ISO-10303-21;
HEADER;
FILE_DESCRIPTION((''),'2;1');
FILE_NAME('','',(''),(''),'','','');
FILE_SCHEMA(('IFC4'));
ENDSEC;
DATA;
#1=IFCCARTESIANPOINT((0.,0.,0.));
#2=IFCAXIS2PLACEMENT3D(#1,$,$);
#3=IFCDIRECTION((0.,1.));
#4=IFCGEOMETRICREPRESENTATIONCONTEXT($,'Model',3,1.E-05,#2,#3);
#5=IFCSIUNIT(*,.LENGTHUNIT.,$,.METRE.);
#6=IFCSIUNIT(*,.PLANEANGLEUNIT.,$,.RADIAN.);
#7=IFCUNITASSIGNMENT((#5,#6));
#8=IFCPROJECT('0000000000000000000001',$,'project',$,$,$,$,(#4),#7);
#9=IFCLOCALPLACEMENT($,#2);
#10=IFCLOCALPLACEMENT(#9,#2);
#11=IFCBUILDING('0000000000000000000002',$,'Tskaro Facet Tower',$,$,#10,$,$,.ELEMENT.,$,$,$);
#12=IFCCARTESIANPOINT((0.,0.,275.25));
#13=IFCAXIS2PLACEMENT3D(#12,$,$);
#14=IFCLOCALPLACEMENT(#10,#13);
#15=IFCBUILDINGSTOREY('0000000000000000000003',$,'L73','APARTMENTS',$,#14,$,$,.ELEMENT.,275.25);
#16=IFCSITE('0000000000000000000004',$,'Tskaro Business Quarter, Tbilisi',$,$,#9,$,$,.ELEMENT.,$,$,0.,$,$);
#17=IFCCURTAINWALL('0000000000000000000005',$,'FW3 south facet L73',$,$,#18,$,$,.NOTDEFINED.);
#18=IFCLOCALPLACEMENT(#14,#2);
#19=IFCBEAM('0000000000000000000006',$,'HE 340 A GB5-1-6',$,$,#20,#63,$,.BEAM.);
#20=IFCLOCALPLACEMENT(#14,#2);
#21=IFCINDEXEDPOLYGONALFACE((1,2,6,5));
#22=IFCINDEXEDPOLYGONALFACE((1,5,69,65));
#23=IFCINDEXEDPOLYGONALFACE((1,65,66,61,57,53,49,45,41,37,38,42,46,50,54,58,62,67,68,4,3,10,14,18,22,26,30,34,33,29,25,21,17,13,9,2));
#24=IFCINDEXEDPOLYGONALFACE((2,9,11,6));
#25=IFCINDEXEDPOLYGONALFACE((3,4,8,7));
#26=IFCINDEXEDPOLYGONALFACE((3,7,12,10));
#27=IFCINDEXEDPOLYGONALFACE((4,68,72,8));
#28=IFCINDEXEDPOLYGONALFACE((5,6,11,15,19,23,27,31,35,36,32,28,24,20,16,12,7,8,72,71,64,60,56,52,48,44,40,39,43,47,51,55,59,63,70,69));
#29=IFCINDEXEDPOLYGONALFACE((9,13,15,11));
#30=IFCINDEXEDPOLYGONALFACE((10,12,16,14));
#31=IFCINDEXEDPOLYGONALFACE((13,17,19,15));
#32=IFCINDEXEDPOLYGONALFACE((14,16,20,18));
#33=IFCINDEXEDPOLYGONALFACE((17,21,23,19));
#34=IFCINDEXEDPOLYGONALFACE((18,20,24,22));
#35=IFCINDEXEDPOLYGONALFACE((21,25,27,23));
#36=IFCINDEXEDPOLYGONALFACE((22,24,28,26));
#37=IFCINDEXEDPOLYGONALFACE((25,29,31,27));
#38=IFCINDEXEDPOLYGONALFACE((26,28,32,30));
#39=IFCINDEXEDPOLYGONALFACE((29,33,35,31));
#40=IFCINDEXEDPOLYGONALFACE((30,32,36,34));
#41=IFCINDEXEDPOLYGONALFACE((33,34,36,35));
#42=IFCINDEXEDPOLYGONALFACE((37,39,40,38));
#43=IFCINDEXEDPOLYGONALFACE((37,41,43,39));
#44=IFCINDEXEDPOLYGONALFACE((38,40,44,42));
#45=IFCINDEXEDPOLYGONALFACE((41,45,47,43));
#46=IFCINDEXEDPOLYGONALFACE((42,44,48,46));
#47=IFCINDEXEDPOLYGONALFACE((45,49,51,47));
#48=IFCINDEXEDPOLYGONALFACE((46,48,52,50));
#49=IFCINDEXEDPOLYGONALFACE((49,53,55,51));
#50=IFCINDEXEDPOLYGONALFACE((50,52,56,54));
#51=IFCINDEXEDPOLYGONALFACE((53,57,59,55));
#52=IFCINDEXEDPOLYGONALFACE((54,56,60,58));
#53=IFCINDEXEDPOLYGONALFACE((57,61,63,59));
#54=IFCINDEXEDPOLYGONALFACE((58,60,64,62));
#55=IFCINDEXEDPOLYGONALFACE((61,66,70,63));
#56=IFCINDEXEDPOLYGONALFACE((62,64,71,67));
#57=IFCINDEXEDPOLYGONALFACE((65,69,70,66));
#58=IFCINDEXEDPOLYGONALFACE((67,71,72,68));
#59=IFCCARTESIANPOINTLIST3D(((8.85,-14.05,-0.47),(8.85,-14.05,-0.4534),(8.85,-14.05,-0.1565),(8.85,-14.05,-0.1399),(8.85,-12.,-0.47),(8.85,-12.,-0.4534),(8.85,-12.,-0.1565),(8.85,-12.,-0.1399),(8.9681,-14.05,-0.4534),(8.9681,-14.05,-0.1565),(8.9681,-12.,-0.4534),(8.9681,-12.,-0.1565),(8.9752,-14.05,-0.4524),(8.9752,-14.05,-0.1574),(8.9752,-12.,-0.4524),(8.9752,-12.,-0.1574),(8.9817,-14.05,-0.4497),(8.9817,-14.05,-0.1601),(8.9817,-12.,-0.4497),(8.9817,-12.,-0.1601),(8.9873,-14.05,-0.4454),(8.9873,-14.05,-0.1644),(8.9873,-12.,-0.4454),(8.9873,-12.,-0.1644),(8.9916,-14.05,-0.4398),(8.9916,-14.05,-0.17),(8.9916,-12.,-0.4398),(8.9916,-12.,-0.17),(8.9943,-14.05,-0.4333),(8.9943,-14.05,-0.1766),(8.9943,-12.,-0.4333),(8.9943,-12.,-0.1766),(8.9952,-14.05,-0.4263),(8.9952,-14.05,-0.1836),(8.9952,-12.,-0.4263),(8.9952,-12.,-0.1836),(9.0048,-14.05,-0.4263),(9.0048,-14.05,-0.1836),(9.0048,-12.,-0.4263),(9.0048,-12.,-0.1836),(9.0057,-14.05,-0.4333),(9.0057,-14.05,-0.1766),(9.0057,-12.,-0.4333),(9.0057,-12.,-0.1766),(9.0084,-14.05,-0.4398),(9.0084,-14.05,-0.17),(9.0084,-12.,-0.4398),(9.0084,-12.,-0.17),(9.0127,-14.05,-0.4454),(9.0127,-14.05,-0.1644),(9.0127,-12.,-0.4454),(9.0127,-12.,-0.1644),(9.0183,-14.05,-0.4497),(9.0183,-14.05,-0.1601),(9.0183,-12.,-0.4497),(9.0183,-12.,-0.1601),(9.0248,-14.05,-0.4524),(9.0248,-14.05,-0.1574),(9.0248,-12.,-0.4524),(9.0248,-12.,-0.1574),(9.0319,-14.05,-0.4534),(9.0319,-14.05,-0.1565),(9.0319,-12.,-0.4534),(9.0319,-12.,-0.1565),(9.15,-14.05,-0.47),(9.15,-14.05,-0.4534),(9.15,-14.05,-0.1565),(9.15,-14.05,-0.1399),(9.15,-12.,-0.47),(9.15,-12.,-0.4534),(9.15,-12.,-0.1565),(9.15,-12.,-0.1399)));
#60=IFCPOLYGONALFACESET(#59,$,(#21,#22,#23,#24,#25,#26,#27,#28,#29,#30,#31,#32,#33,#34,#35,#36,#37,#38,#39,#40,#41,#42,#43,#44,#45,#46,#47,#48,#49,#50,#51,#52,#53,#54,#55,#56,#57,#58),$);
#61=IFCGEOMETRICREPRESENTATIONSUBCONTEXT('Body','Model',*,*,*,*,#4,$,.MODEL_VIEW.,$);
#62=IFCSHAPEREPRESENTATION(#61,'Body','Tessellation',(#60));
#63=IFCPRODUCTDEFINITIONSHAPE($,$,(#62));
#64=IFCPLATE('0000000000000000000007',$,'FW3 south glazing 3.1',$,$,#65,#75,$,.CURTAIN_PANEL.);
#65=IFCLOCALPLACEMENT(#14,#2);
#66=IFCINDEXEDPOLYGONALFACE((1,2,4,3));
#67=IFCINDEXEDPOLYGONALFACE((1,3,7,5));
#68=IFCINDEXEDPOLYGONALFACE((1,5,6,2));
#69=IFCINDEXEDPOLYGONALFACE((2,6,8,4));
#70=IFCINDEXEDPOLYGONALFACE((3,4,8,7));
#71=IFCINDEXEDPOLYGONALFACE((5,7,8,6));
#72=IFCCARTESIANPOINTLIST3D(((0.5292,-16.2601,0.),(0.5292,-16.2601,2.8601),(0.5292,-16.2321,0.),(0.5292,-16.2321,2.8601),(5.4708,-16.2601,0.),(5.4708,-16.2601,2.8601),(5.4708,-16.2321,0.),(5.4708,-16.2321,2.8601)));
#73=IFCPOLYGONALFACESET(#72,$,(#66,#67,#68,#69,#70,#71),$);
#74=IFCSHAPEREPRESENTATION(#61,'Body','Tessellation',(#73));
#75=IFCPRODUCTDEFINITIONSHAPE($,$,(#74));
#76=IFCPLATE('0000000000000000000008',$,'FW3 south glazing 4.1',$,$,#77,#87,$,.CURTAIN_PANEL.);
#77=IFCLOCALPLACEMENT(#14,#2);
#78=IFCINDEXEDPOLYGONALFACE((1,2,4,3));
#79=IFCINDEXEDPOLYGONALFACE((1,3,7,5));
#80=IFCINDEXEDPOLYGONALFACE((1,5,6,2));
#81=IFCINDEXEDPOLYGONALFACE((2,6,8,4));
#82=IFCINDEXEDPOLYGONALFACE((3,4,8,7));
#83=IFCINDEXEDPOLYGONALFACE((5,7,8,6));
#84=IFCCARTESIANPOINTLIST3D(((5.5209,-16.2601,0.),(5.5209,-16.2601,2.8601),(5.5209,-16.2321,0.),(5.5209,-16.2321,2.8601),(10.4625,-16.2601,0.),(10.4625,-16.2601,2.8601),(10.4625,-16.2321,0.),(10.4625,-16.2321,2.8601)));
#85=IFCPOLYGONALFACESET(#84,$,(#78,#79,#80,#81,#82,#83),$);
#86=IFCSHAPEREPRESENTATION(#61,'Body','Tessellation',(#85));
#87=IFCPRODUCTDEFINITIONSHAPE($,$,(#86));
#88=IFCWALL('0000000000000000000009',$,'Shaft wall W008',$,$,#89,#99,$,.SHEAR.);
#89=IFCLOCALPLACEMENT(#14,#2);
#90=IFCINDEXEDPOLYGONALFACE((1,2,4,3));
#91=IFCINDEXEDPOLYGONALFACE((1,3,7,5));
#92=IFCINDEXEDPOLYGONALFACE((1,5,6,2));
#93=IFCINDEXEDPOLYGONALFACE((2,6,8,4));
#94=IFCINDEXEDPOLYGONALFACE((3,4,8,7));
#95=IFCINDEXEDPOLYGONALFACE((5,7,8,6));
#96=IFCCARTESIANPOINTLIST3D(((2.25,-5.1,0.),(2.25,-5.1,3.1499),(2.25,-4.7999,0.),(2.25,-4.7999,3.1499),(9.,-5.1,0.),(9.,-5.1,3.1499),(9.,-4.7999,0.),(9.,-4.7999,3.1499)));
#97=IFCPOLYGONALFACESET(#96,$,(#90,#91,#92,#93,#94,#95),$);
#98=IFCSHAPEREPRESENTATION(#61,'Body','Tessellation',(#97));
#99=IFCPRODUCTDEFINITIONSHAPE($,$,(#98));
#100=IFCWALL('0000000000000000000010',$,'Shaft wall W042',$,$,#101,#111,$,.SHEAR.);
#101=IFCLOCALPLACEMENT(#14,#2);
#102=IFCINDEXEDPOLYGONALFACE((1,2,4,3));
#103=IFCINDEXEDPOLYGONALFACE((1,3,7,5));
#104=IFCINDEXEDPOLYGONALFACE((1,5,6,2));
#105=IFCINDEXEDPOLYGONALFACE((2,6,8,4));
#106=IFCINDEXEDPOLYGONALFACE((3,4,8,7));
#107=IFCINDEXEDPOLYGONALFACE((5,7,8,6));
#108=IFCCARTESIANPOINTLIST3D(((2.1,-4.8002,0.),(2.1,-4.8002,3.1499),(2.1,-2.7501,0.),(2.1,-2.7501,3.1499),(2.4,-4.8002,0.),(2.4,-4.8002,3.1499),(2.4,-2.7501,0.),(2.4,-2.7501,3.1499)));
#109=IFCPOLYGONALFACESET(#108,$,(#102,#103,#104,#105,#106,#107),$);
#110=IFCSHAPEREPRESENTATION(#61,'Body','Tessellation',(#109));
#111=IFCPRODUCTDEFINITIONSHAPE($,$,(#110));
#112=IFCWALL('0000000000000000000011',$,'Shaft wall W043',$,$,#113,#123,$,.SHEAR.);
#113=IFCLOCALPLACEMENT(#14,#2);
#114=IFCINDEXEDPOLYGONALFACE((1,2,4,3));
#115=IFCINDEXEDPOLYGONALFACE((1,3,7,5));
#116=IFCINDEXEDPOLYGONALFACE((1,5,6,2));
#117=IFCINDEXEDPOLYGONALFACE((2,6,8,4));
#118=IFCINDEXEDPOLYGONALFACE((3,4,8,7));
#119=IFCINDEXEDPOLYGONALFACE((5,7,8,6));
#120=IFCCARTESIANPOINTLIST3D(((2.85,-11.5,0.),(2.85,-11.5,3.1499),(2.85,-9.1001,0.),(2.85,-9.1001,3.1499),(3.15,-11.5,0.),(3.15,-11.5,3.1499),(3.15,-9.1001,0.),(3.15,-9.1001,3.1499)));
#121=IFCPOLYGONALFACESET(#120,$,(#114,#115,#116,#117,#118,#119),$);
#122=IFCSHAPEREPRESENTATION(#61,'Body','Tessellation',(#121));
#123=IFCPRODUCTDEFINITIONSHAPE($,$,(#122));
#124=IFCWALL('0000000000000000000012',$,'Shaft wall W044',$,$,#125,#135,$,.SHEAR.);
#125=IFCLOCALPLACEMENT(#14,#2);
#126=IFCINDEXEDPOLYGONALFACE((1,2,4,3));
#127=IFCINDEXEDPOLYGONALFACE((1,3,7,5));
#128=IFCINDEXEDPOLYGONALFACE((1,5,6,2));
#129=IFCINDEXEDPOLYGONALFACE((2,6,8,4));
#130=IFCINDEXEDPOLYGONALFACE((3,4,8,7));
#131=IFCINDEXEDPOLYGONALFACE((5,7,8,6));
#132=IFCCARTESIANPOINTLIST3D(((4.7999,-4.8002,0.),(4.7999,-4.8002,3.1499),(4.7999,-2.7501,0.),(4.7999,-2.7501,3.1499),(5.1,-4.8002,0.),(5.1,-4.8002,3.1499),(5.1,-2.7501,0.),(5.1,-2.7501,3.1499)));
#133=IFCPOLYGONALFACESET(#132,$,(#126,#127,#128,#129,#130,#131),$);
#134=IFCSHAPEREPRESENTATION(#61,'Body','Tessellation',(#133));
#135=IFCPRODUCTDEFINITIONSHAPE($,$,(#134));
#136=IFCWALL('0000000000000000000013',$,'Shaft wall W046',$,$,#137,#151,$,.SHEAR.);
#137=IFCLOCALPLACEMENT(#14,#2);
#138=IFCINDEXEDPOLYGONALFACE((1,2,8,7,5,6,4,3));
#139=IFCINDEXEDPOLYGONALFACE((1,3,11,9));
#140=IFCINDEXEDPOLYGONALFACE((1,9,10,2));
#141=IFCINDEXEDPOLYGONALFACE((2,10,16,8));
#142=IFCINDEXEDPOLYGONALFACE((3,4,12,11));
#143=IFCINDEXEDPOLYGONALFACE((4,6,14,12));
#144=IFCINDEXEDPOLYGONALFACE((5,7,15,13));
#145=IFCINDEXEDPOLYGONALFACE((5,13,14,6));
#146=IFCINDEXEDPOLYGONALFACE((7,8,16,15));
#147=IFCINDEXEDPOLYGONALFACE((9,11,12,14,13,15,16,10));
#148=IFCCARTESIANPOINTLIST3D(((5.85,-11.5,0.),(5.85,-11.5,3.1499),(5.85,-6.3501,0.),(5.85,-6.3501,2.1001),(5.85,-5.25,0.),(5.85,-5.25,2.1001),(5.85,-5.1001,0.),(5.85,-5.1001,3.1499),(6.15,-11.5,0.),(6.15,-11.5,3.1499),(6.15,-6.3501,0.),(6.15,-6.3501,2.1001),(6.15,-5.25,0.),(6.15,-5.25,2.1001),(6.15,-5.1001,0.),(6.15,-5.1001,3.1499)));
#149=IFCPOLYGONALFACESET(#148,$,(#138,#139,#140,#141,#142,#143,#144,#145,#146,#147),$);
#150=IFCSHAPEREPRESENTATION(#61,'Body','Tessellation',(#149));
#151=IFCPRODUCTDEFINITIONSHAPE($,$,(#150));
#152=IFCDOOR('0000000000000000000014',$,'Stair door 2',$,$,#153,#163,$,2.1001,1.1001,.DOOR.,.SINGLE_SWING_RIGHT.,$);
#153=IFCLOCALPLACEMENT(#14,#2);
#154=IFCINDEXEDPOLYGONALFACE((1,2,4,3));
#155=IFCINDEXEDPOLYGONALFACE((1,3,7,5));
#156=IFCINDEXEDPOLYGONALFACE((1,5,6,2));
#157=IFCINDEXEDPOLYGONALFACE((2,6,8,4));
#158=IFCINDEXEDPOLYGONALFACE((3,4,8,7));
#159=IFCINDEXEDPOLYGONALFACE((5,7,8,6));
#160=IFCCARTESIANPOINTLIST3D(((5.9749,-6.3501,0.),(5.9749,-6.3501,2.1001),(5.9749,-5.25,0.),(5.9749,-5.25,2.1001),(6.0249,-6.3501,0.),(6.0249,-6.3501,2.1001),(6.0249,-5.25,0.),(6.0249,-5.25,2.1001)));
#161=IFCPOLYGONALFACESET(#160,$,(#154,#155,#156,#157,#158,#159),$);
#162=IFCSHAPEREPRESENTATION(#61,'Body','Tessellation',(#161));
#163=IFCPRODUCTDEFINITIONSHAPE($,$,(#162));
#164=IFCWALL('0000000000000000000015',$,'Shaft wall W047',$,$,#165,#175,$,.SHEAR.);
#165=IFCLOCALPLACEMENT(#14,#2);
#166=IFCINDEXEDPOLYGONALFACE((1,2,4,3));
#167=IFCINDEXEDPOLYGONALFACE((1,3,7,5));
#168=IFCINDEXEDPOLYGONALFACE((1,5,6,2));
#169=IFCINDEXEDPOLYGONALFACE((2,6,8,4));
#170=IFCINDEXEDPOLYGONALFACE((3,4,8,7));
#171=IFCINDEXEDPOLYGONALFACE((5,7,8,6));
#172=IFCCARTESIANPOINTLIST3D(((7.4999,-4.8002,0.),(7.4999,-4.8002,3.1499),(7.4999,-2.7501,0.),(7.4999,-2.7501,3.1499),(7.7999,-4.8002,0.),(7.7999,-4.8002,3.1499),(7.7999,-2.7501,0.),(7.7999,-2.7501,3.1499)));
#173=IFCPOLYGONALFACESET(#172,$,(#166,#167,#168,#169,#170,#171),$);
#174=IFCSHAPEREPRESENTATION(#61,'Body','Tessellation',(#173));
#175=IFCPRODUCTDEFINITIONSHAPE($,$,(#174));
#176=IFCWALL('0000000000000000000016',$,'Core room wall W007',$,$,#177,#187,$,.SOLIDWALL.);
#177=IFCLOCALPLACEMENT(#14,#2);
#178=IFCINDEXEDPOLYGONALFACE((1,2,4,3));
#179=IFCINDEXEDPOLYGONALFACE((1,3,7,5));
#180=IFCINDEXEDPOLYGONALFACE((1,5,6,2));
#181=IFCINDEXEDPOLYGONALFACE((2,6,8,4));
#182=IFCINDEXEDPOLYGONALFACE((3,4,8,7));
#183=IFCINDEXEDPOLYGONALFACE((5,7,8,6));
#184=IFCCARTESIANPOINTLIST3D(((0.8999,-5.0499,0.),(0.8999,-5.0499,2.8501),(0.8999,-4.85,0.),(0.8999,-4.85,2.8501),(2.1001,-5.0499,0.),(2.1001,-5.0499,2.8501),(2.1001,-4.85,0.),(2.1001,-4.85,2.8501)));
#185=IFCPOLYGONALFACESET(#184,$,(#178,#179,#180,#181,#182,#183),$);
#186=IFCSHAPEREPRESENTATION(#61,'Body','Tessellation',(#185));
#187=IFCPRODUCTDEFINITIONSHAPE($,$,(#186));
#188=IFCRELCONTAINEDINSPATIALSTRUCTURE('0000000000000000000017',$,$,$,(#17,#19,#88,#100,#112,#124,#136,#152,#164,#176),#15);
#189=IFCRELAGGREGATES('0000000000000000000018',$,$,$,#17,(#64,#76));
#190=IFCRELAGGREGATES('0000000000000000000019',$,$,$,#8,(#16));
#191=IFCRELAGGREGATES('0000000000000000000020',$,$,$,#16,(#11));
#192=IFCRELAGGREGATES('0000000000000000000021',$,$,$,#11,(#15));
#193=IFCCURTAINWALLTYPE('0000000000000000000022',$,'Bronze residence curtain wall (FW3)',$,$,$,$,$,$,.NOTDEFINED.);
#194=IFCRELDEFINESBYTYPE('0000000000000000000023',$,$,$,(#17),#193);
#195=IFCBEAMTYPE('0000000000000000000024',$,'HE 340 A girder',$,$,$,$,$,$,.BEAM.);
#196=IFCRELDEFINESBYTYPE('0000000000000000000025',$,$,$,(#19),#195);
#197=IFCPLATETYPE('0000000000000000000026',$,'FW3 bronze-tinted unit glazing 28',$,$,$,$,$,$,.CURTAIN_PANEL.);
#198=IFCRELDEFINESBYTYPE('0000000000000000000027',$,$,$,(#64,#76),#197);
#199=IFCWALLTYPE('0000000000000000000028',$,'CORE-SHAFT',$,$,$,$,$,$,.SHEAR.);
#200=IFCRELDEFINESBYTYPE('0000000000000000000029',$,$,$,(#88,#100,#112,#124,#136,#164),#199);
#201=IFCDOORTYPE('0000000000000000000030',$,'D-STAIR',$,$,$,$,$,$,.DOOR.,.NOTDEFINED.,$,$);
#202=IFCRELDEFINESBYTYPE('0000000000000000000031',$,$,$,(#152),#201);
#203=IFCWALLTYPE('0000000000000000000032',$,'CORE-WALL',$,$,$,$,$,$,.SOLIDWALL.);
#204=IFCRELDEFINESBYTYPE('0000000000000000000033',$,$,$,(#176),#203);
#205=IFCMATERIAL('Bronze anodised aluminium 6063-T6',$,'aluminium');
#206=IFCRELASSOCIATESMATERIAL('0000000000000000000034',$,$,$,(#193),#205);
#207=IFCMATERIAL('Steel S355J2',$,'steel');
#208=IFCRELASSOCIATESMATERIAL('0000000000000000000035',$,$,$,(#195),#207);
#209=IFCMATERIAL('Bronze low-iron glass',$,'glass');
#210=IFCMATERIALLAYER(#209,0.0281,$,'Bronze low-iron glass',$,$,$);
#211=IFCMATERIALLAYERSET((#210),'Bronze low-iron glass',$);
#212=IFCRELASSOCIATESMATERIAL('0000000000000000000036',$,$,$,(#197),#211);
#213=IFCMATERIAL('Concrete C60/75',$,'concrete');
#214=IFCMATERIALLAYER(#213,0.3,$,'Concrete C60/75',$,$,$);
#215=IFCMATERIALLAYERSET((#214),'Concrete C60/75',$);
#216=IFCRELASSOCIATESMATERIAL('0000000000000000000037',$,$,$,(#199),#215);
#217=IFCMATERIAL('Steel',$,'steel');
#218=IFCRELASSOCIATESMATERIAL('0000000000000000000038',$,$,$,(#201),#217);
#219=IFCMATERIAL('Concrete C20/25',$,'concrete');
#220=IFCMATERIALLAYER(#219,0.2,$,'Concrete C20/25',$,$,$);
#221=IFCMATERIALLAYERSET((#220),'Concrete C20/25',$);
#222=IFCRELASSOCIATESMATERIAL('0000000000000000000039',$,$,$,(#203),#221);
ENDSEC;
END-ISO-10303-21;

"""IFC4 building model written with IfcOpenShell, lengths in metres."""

from ifc_helpers import new_model, si_unit, direction, frame, frame_2d, origin, origin_2d, place, context, subcontext, project, spatial, rectangle, i_section, extrude, material, layer, layer_set, material_profile, profile_set, type_object, element, fill, aggregate, save


model = new_model("IFC4")

# Units and contexts
model_context = context("Model", 3, precision=1e-05, world=origin(), true_north=direction((0.0, 1.0)))
body_context = subcontext(model_context, "Body", "Model", "MODEL_VIEW")
ifc_project = project(units=[si_unit("LENGTHUNIT", "METRE"), si_unit("PLANEANGLEUNIT", "RADIAN")], contexts=[model_context])

# Site, building, storey
site_placement = place(None, origin())
site = spatial("IfcSite", under=ifc_project, at=site_placement, Name="Tskaro Business Quarter, Tbilisi", CompositionType="ELEMENT", RefElevation=0.0)
building_placement = place(site_placement, origin())
building = spatial("IfcBuilding", under=site, at=building_placement, Name="Tskaro Facet Tower", CompositionType="ELEMENT")
storey_placement = place(building_placement, frame((0.0, 0.0, 275.25)))
storey = spatial("IfcBuildingStorey", under=building, at=storey_placement, Name="L73", Description="APARTMENTS", CompositionType="ELEMENT", Elevation=275.25)

# Shared definitions
ifc_material_1 = material(Name="Steel S355J2", Category="steel")

# Curtain wall
ifc_material_2 = material(Name="Bronze anodised aluminium 6063-T6", Category="aluminium")
curtain_wall_type = type_object("IfcCurtainWallType", Name="Bronze residence curtain wall (FW3)", PredefinedType="NOTDEFINED", material=ifc_material_2)
curtain_wall_placement = place(storey_placement, origin())
curtain_wall = element("IfcCurtainWall", 1, at=curtain_wall_placement, inside=storey, type_object=curtain_wall_type, Name="FW3 south facet L73", PredefinedType="NOTDEFINED")

# Beam
ifc_material_profile_1 = material_profile(ifc_material_1, i_section(OverallWidth=0.3, OverallDepth=0.3301, WebThickness=0.0095, FlangeThickness=0.0166, FilletRadius=0.0271, at=origin_2d()), Name="HE 340 A")
ifc_profile_set_1 = profile_set([ifc_material_profile_1], Name="Steel S355J2")
beam_type_1 = type_object("IfcBeamType", Name="HE 340 A girder", PredefinedType="BEAM", material=ifc_profile_set_1)
beam_1_placement = place(storey_placement, frame((9.0, -14.05, -0.3049), z_axis=(0.0, 1.0, 0.0), x_axis=(-1.0, 0.0, 0.0)))
element("IfcBeam", 2, at=beam_1_placement, inside=storey, type_object=beam_type_1, Name="HE 340 A GB5-1-6", PredefinedType="BEAM", context=body_context, shape_type="SweptSolid", body=[
    extrude(i_section(OverallWidth=0.3, OverallDepth=0.3301, WebThickness=0.0095, FlangeThickness=0.0166, FilletRadius=0.0271, at=origin_2d()), origin(), (0.0, 0.0, 1.0), 2.05),
])

# Plates
ifc_material_3 = material(Name="Bronze low-iron glass", Category="glass")
ifc_layer_1 = layer(ifc_material_3, 0.0281, Name="Bronze low-iron glass")
ifc_layer_set_1 = layer_set([ifc_layer_1], Name="Bronze low-iron glass")
plate_type = type_object("IfcPlateType", Name="FW3 bronze-tinted unit glazing 28", PredefinedType="CURTAIN_PANEL", material=ifc_layer_set_1)
plate_1_placement = place(storey_placement, frame((3.0, -16.2461, 0.0), z_axis=(0.0, 0.0, 1.0), x_axis=(1.0, 0.0, 0.0)))
plate_1 = element("IfcPlate", 3, at=plate_1_placement, type_object=plate_type, Name="FW3 south glazing 3.1", PredefinedType="CURTAIN_PANEL", context=body_context, shape_type="SweptSolid", body=[
    extrude(rectangle(XDim=4.9417, YDim=0.0281, at=origin_2d()), origin(), (0.0, 0.0, 1.0), 2.8601),
])
plate_2_placement = place(storey_placement, frame((7.9917, -16.2461, 0.0), z_axis=(0.0, 0.0, 1.0), x_axis=(1.0, 0.0, 0.0)))
plate_2 = element("IfcPlate", 4, at=plate_2_placement, type_object=plate_type, Name="FW3 south glazing 4.1", PredefinedType="CURTAIN_PANEL", context=body_context, shape_type="SweptSolid", body=[
    extrude(rectangle(XDim=4.9417, YDim=0.0281, at=origin_2d()), origin(), (0.0, 0.0, 1.0), 2.8601),
])
aggregate(curtain_wall, [plate_1, plate_2])

# Walls
ifc_material_4 = material(Name="Concrete C60/75", Category="concrete")
ifc_layer_2 = layer(ifc_material_4, 0.3, Name="Concrete C60/75")
ifc_layer_set_2 = layer_set([ifc_layer_2], Name="Concrete C60/75")
wall_type_1 = type_object("IfcWallType", Name="CORE-SHAFT", PredefinedType="SHEAR", material=ifc_layer_set_2)
wall_1_placement = place(storey_placement, frame((2.25, -4.95, 0.0), z_axis=(0.0, 0.0, 1.0), x_axis=(1.0, 0.0, 0.0)))
element("IfcWall", 5, at=wall_1_placement, inside=storey, type_object=wall_type_1, Name="Shaft wall W008", PredefinedType="SHEAR", context=body_context, shape_type="SweptSolid", body=[
    extrude(rectangle(XDim=6.75, YDim=0.3, at=frame_2d((3.375, 0.0))), origin(), (0.0, 0.0, 1.0), 3.1499),
])
wall_2_placement = place(storey_placement, frame((2.25, -4.8, 0.0), z_axis=(0.0, 0.0, 1.0), x_axis=(0.0, 1.0, 0.0)))
element("IfcWall", 6, at=wall_2_placement, inside=storey, type_object=wall_type_1, Name="Shaft wall W042", PredefinedType="SHEAR", context=body_context, shape_type="SweptSolid", body=[
    extrude(rectangle(XDim=2.05, YDim=0.3, at=frame_2d((1.0249, 0.0))), origin(), (0.0, 0.0, 1.0), 3.1499),
])
wall_3_placement = place(storey_placement, frame((3.0, -11.5, 0.0), z_axis=(0.0, 0.0, 1.0), x_axis=(0.0, 1.0, 0.0)))
element("IfcWall", 7, at=wall_3_placement, inside=storey, type_object=wall_type_1, Name="Shaft wall W043", PredefinedType="SHEAR", context=body_context, shape_type="SweptSolid", body=[
    extrude(rectangle(XDim=2.3999, YDim=0.3, at=frame_2d((1.2, 0.0))), origin(), (0.0, 0.0, 1.0), 3.1499),
])
wall_4_placement = place(storey_placement, frame((4.95, -4.8, 0.0), z_axis=(0.0, 0.0, 1.0), x_axis=(0.0, 1.0, 0.0)))
element("IfcWall", 8, at=wall_4_placement, inside=storey, type_object=wall_type_1, Name="Shaft wall W044", PredefinedType="SHEAR", context=body_context, shape_type="SweptSolid", body=[
    extrude(rectangle(XDim=2.05, YDim=0.3, at=frame_2d((1.0249, 0.0))), origin(), (0.0, 0.0, 1.0), 3.1499),
])

# Wall, opening, door
wall_5_placement = place(storey_placement, frame((6.0, -5.1001, 0.0), z_axis=(0.0, 0.0, 1.0), x_axis=(0.0, -1.0, 0.0)))
wall_5 = element("IfcWall", 9, at=wall_5_placement, inside=storey, type_object=wall_type_1, Name="Shaft wall W046", PredefinedType="SHEAR", context=body_context, shape_type="SweptSolid", body=[
    extrude(rectangle(XDim=6.3999, YDim=0.3, at=frame_2d((3.2, 0.0))), origin(), (0.0, 0.0, 1.0), 3.1499),
])
opening_placement = place(wall_5_placement, frame((0.1499, 0.0, 0.0)))
opening = element("IfcOpeningElement", 10, at=opening_placement, cuts=wall_5, PredefinedType="OPENING", context=body_context, shape_type="SweptSolid", body=[
    extrude(rectangle(XDim=1.1001, YDim=2.1001, at=frame_2d((0.55, 1.05))), frame((0.0, 0.1599, 0.0), z_axis=(0.0, -1.0, 0.0), x_axis=(1.0, 0.0, 0.0)), (0.0, 0.0, 1.0), 0.3201),
])
ifc_material_5 = material(Name="Steel", Category="steel")
door_type = type_object("IfcDoorType", Name="D-STAIR", OperationType="NOTDEFINED", PredefinedType="DOOR", material=ifc_material_5)
door_placement = place(opening_placement, origin())
door = element("IfcDoor", 11, at=door_placement, inside=storey, type_object=door_type, Name="Stair door 2", OperationType="SINGLE_SWING_RIGHT", OverallHeight=2.1001, OverallWidth=1.1001, PredefinedType="DOOR", context=body_context, shape_type="SweptSolid", body=[
    extrude(rectangle(XDim=1.1001, YDim=2.1001, at=frame_2d((0.55, 1.05))), frame((0.0, 0.0249, 0.0), z_axis=(0.0, -1.0, 0.0), x_axis=(1.0, 0.0, 0.0)), (0.0, 0.0, 1.0), 0.05),
])
fill(opening, door)

# Walls
wall_6_placement = place(storey_placement, frame((7.6499, -4.8, 0.0), z_axis=(0.0, 0.0, 1.0), x_axis=(0.0, 1.0, 0.0)))
element("IfcWall", 12, at=wall_6_placement, inside=storey, type_object=wall_type_1, Name="Shaft wall W047", PredefinedType="SHEAR", context=body_context, shape_type="SweptSolid", body=[
    extrude(rectangle(XDim=2.05, YDim=0.3, at=frame_2d((1.0249, 0.0))), origin(), (0.0, 0.0, 1.0), 3.1499),
])
ifc_material_6 = material(Name="Concrete C20/25", Category="concrete")
ifc_layer_3 = layer(ifc_material_6, 0.2, Name="Concrete C20/25")
ifc_layer_set_3 = layer_set([ifc_layer_3], Name="Concrete C20/25")
wall_type_2 = type_object("IfcWallType", Name="CORE-WALL", PredefinedType="SOLIDWALL", material=ifc_layer_set_3)
wall_7_placement = place(storey_placement, frame((0.8999, -4.95, 0.0), z_axis=(0.0, 0.0, 1.0), x_axis=(1.0, 0.0, 0.0)))
element("IfcWall", 13, at=wall_7_placement, inside=storey, type_object=wall_type_2, Name="Core room wall W007", PredefinedType="SOLIDWALL", context=body_context, shape_type="SweptSolid", body=[
    extrude(rectangle(XDim=1.2002, YDim=0.2, at=frame_2d((0.6001, 0.0))), origin(), (0.0, 0.0, 1.0), 2.8501),
])

save(model, "model.ifc")
